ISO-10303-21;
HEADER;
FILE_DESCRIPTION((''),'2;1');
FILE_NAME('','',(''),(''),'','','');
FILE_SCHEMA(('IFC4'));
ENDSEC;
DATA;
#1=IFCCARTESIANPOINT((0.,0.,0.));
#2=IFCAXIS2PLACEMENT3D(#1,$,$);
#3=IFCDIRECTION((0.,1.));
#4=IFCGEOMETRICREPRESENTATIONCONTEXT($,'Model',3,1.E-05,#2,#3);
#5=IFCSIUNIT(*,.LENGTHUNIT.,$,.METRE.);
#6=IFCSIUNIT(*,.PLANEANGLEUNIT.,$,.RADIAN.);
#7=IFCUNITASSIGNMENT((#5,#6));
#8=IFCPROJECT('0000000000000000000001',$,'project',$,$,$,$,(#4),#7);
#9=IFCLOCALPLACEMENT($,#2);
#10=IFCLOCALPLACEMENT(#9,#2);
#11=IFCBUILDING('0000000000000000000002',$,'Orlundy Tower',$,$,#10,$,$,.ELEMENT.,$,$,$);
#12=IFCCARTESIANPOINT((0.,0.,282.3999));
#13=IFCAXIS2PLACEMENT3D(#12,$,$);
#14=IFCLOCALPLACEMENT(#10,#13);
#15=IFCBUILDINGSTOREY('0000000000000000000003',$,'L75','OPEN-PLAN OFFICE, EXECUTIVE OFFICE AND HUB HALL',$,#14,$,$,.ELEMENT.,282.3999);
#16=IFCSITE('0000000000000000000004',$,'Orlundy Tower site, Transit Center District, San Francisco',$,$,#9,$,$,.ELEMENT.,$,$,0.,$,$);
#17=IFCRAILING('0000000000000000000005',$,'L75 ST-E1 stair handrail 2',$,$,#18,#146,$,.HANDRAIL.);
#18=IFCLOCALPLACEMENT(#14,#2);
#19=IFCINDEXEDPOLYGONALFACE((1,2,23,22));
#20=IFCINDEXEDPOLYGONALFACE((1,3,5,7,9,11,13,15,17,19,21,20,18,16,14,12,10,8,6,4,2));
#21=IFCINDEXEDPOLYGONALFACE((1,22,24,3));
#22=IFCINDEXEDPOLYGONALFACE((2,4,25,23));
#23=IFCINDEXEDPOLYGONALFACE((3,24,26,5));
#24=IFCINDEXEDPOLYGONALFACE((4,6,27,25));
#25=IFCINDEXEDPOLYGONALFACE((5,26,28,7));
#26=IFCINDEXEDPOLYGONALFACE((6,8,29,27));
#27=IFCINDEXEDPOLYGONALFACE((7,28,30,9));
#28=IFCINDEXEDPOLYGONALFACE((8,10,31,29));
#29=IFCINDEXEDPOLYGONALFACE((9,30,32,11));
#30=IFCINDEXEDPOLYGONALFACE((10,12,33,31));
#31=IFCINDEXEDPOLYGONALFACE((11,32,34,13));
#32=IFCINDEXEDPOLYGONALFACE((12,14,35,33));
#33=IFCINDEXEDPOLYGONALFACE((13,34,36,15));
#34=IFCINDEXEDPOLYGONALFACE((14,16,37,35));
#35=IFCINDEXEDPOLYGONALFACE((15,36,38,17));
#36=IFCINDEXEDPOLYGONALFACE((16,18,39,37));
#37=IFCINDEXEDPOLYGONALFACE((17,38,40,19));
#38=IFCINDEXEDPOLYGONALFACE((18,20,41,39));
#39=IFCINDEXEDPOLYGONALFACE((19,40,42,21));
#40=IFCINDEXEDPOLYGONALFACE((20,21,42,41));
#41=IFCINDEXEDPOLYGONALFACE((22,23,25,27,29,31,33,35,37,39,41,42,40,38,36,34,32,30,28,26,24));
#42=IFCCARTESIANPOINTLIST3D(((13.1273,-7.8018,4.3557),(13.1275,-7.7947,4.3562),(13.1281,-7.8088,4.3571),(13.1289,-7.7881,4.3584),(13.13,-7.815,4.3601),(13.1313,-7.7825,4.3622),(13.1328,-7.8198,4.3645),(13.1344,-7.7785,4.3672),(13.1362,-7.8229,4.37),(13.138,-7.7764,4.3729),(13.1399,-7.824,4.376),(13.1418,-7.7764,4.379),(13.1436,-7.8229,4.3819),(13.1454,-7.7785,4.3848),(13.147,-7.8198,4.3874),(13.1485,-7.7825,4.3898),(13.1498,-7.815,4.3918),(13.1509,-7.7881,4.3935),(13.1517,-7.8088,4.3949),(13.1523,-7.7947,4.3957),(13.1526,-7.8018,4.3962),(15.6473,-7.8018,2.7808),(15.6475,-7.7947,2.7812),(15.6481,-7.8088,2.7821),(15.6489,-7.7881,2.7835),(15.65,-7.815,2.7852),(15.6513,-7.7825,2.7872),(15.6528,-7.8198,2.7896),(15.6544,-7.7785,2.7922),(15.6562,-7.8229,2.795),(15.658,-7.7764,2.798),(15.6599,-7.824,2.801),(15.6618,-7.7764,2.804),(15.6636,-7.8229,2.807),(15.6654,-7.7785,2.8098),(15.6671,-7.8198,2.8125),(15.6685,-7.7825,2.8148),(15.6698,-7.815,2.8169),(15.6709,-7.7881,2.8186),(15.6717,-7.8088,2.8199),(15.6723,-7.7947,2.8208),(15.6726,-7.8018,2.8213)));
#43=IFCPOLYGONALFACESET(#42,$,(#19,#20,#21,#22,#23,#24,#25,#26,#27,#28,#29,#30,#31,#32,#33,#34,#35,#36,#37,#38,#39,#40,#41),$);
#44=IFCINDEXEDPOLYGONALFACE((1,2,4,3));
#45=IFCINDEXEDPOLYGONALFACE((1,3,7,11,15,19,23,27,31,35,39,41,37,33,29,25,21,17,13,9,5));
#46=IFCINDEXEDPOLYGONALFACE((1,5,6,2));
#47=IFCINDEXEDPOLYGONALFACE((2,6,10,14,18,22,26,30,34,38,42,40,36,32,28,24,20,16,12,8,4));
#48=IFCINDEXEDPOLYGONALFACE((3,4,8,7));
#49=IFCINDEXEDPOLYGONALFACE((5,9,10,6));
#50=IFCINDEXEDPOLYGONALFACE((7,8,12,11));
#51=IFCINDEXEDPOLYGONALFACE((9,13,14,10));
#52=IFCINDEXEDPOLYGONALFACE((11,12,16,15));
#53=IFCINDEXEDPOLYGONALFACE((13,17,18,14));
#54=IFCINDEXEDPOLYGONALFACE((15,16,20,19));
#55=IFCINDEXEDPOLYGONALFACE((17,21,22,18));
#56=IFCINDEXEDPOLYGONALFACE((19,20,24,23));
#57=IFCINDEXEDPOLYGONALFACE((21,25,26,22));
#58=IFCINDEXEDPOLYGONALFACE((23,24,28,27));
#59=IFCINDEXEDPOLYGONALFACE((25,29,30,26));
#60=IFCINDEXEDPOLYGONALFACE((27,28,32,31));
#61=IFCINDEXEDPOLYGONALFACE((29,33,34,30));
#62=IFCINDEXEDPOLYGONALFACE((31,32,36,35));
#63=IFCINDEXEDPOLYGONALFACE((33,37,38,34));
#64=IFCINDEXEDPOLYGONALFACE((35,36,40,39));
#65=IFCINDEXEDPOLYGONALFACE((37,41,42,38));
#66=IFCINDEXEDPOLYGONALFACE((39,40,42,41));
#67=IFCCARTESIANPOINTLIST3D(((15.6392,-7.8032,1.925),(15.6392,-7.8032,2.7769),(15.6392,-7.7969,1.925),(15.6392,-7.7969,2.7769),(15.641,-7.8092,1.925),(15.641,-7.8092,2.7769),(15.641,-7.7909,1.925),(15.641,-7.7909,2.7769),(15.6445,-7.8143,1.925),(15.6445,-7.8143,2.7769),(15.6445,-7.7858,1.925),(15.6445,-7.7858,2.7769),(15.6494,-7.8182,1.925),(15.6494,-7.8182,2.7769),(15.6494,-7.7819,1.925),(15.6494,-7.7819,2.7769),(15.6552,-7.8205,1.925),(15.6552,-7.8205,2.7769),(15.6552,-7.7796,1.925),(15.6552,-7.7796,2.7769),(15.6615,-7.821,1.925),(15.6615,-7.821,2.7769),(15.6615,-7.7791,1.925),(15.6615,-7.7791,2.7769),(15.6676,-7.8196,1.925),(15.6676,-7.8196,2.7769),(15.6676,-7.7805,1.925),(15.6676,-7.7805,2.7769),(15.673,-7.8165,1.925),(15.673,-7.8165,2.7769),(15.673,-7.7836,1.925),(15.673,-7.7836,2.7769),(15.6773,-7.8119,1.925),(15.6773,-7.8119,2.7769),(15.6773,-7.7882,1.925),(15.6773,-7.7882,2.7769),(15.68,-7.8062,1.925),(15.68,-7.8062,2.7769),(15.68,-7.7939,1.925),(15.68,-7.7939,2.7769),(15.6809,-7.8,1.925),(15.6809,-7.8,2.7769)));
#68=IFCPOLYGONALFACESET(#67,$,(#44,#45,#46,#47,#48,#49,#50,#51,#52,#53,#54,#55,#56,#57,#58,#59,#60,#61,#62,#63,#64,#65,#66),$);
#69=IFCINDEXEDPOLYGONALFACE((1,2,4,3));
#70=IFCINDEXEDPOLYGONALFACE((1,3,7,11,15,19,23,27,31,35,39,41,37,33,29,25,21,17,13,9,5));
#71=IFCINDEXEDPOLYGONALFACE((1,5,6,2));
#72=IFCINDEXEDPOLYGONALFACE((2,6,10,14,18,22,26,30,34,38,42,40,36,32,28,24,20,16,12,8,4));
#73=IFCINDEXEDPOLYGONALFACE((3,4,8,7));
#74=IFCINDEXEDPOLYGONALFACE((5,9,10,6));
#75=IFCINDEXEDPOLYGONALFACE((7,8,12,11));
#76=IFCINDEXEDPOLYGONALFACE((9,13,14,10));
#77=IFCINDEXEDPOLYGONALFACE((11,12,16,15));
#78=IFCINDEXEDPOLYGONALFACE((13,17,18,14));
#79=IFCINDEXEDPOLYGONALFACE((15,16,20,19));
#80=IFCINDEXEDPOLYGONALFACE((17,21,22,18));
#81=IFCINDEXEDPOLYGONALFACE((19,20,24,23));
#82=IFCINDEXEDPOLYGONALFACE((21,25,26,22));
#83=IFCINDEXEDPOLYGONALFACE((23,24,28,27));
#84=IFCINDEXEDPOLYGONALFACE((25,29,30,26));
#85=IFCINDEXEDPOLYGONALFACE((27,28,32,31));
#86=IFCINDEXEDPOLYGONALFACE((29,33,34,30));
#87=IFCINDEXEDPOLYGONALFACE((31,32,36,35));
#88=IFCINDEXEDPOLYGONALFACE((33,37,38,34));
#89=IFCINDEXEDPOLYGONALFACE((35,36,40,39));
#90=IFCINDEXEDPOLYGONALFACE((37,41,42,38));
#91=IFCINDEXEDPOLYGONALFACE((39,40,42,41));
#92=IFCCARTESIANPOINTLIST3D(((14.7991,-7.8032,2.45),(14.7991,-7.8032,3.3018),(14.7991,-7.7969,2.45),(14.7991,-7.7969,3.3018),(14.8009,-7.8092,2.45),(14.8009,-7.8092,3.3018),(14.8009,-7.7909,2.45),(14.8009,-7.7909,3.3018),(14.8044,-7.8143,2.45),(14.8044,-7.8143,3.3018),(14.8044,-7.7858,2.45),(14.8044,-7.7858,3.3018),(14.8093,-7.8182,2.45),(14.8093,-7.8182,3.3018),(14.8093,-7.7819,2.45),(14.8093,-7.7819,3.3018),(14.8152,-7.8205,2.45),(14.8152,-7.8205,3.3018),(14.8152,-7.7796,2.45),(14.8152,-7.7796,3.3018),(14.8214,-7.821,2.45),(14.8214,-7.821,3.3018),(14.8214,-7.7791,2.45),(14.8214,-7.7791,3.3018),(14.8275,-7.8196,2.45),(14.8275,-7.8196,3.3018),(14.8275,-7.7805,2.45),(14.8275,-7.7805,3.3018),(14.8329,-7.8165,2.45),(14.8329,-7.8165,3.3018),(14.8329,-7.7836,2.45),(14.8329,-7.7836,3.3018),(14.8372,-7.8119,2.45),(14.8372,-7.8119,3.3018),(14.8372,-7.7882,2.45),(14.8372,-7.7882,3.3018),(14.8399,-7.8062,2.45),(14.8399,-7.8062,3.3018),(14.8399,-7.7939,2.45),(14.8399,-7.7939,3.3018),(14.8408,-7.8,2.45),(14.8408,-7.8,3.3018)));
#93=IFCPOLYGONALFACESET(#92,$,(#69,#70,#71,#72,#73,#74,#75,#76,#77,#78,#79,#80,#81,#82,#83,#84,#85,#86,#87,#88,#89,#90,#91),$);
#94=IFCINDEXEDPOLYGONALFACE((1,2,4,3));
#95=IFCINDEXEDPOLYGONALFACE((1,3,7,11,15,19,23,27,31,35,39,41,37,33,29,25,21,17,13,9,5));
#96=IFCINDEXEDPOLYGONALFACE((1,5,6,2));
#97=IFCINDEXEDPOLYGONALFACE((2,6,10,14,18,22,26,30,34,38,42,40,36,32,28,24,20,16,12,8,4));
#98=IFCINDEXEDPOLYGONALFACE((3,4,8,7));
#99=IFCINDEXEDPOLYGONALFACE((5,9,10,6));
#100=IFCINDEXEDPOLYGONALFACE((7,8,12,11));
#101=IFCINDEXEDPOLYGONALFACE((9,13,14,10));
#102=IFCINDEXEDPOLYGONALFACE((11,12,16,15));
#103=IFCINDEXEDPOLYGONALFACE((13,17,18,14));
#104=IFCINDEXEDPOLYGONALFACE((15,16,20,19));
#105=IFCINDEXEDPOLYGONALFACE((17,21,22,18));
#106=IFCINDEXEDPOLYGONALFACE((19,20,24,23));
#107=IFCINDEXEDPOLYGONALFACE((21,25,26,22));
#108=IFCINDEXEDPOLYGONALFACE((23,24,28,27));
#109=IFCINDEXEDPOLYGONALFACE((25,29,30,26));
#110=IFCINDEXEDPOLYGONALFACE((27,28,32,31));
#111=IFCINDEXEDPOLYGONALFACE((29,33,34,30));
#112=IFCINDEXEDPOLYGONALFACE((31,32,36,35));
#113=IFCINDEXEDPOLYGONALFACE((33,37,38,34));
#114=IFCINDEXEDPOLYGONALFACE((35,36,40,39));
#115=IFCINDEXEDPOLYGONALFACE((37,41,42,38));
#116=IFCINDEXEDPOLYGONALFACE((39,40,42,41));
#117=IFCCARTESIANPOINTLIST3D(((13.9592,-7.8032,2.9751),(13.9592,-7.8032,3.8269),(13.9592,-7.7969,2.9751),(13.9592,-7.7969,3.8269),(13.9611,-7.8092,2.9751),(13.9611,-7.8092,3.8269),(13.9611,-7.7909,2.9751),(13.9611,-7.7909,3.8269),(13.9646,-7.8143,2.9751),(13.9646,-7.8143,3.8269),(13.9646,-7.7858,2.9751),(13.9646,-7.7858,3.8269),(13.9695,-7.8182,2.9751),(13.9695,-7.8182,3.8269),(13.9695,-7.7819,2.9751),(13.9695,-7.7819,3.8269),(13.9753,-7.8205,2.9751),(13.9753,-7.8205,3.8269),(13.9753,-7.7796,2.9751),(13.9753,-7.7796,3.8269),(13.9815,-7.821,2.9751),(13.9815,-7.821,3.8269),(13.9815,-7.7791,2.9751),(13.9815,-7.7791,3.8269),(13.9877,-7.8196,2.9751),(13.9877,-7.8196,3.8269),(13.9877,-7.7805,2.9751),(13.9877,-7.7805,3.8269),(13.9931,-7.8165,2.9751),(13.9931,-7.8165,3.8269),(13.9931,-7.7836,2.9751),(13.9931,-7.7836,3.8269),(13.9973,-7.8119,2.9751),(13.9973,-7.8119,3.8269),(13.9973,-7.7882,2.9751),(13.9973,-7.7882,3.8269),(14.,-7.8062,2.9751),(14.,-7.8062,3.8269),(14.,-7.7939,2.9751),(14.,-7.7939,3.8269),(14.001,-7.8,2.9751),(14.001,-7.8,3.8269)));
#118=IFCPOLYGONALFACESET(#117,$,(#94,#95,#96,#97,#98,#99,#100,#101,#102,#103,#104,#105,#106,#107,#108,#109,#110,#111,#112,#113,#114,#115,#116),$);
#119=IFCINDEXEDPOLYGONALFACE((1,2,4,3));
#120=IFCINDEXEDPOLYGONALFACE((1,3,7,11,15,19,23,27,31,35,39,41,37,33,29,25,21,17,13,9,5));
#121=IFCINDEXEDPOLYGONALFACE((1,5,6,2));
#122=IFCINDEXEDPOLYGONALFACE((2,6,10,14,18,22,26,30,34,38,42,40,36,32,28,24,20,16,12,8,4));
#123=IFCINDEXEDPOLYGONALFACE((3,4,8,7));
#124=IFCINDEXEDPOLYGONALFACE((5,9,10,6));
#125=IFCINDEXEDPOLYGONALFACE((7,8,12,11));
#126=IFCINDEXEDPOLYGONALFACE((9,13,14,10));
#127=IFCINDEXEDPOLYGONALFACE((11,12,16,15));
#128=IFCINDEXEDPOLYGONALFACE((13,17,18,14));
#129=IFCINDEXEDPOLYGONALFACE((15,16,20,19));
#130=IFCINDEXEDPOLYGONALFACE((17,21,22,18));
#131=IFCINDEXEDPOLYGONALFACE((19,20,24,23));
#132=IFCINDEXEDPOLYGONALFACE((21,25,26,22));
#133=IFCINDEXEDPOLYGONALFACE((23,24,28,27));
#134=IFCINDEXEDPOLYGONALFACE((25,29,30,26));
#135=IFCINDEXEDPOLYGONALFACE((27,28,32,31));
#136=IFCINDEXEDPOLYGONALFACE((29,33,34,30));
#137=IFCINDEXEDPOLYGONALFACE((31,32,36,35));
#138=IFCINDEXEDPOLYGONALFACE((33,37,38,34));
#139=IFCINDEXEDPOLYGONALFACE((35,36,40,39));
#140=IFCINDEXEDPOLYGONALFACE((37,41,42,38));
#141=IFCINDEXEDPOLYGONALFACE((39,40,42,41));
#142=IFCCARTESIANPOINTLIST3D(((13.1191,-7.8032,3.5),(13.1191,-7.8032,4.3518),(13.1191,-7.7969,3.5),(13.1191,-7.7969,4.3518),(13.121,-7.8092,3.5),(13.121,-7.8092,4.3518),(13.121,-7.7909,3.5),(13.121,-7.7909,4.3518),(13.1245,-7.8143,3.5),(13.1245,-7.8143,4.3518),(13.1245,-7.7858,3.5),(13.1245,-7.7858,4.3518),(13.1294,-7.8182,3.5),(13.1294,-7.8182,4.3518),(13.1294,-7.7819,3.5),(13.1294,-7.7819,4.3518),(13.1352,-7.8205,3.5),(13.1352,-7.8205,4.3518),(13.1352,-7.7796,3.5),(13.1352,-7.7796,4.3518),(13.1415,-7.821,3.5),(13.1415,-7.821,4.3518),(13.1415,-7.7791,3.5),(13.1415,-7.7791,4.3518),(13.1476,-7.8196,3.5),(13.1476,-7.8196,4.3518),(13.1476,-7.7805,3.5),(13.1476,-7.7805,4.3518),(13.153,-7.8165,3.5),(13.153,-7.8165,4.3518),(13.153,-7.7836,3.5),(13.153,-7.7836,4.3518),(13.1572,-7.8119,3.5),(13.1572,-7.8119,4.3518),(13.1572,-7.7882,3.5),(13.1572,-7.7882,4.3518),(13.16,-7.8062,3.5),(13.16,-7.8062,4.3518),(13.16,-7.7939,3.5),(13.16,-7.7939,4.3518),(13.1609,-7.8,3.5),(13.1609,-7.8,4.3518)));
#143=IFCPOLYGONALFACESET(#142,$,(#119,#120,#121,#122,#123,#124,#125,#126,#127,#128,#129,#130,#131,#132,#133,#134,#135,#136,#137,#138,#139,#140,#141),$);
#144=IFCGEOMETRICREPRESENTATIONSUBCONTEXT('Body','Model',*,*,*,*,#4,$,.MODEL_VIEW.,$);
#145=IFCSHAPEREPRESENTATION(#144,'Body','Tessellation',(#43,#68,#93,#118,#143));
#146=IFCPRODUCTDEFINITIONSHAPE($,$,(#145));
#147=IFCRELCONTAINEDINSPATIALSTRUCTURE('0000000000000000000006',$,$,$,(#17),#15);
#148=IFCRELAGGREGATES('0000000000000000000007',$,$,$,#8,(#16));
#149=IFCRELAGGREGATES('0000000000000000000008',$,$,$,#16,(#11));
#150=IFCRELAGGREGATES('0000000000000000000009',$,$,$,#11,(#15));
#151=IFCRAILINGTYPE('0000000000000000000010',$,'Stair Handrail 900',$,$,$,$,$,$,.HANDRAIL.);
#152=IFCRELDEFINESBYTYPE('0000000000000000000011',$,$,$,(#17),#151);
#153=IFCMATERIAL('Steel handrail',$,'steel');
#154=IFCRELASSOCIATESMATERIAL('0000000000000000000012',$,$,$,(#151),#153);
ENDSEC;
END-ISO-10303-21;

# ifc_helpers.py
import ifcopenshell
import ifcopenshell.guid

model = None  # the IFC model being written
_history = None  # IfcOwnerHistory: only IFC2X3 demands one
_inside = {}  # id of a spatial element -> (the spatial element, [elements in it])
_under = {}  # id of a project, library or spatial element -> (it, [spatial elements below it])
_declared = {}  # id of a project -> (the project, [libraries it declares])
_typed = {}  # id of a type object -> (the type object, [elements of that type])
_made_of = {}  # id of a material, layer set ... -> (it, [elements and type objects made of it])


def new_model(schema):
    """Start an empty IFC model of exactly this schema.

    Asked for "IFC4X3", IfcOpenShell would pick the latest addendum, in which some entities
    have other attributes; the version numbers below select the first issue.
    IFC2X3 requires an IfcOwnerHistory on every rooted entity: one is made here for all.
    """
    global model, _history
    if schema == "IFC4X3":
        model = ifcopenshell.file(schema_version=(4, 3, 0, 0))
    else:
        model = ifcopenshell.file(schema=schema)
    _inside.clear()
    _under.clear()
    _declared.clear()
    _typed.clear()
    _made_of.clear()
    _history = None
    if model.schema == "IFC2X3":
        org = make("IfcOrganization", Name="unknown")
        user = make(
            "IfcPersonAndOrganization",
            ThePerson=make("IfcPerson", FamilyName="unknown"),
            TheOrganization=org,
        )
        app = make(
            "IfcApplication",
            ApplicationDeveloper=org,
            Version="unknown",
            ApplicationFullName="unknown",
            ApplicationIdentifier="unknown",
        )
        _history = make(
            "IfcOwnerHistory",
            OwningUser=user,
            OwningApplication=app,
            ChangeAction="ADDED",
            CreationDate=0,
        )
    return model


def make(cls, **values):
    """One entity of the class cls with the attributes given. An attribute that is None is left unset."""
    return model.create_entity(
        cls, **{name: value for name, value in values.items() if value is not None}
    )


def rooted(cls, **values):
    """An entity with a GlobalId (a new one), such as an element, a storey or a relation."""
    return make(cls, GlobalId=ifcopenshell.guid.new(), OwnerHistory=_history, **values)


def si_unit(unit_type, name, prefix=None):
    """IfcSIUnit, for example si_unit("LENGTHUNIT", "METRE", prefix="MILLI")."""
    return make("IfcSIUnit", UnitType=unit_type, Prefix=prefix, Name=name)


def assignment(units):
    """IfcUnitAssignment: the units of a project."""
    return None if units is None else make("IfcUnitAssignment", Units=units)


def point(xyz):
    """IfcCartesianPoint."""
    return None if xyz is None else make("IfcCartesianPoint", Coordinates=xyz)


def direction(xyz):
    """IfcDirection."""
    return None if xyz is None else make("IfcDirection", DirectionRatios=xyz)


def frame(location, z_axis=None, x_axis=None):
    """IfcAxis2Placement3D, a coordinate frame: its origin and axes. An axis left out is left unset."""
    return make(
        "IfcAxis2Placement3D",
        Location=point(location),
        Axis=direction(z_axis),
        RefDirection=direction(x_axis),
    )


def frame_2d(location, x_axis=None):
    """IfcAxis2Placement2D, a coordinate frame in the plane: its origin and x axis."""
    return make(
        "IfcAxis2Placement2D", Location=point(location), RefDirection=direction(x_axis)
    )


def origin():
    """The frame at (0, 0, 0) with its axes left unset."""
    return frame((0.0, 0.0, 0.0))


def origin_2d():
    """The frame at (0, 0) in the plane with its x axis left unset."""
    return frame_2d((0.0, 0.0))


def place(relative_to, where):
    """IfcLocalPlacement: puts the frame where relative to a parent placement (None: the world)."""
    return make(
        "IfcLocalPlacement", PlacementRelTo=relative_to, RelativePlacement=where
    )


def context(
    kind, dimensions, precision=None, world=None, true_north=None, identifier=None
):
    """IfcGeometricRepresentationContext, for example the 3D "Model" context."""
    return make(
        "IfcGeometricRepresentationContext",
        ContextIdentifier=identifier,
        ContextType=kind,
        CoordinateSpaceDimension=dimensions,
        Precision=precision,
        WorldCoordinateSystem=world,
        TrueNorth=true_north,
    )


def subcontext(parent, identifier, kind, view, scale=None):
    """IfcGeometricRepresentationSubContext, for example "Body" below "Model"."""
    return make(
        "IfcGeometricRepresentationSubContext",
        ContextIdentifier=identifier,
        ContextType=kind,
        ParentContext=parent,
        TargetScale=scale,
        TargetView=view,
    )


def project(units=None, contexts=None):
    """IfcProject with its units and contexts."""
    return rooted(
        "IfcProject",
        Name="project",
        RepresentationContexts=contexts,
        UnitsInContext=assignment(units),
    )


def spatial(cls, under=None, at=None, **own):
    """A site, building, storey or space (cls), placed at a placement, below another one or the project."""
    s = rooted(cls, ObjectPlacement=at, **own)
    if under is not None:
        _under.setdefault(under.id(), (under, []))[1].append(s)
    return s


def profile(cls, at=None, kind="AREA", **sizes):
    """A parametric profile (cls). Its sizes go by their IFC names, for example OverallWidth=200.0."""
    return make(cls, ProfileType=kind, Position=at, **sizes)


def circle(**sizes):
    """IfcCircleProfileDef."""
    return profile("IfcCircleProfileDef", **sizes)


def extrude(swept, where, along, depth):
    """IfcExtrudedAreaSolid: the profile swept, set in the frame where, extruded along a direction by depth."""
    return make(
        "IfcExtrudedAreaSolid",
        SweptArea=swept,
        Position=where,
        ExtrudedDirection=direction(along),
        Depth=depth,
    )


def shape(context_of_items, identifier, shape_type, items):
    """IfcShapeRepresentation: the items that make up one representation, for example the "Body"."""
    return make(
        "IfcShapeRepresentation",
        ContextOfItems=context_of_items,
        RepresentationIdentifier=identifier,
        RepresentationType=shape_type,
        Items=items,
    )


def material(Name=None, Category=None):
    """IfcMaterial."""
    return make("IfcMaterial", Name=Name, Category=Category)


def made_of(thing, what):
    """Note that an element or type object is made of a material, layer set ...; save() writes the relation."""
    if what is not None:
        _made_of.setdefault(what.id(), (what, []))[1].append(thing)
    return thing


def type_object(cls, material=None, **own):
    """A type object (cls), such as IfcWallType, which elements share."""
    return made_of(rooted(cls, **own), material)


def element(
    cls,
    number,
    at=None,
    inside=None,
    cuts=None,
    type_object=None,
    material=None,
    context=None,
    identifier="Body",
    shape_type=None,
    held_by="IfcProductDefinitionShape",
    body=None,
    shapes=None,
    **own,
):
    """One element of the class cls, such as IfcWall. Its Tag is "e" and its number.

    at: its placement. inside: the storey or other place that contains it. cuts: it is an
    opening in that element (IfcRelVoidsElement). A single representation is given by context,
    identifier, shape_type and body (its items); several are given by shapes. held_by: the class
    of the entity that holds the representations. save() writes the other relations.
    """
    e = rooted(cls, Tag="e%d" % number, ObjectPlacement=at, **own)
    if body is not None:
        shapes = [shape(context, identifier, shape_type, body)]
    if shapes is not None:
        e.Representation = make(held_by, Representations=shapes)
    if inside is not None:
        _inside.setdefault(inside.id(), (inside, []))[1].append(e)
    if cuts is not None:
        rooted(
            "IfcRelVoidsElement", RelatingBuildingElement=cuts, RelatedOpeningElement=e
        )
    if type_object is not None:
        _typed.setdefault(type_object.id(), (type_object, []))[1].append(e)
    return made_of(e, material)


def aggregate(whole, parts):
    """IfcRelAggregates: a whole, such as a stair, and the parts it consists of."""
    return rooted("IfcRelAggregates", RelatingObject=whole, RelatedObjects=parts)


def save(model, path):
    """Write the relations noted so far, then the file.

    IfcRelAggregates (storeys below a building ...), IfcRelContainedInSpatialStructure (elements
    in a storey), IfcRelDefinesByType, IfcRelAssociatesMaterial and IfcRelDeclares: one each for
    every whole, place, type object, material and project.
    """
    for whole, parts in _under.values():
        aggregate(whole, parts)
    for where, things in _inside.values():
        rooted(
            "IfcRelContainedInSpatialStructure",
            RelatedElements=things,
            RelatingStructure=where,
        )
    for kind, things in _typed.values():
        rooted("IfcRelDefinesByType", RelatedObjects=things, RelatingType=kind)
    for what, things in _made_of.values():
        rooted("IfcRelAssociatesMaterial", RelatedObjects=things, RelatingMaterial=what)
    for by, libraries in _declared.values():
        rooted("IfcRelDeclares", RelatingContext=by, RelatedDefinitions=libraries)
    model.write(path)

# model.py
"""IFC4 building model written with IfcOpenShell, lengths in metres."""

from ifc_helpers import new_model, si_unit, direction, frame, origin, origin_2d, place, context, subcontext, project, spatial, circle, extrude, material, type_object, element, save


model = new_model("IFC4")

# Units and contexts
model_context = context("Model", 3, precision=1e-05, world=origin(), true_north=direction((0.0, 1.0)))
body_context = subcontext(model_context, "Body", "Model", "MODEL_VIEW")
ifc_project = project(units=[si_unit("LENGTHUNIT", "METRE"), si_unit("PLANEANGLEUNIT", "RADIAN")], contexts=[model_context])

# Site, building, storey
site_placement = place(None, origin())
site = spatial("IfcSite", under=ifc_project, at=site_placement, Name="Orlundy Tower site, Transit Center District, San Francisco", CompositionType="ELEMENT", RefElevation=0.0)
building_placement = place(site_placement, origin())
building = spatial("IfcBuilding", under=site, at=building_placement, Name="Orlundy Tower", CompositionType="ELEMENT")
storey_placement = place(building_placement, frame((0.0, 0.0, 282.3999)))
storey = spatial("IfcBuildingStorey", under=building, at=storey_placement, Name="L75", Description="OPEN-PLAN OFFICE, EXECUTIVE OFFICE AND HUB HALL", CompositionType="ELEMENT", Elevation=282.3999)

# Railing
ifc_material_1 = material(Name="Steel handrail", Category="steel")
railing_type_1 = type_object("IfcRailingType", Name="Stair Handrail 900", PredefinedType="HANDRAIL", material=ifc_material_1)
railing_1_placement = place(storey_placement, frame((15.6599, -7.8, 1.925)))
element("IfcRailing", 1, at=railing_1_placement, inside=storey, type_object=railing_type_1, Name="L75 ST-E1 stair handrail 2", PredefinedType="HANDRAIL", context=body_context, shape_type="SweptSolid", body=[
    extrude(circle(Radius=0.0239, at=origin_2d()), frame((0.0, 0.0, 0.876), z_axis=(-0.848008, 0.0, 0.529984), x_axis=(0.0, -1.0, 0.0)), (0.0, 0.0, 1.0), 2.9717),
    extrude(circle(Radius=0.021, at=origin_2d()), origin(), (0.0, 0.0, 1.0), 0.8518),
    extrude(circle(Radius=0.021, at=origin_2d()), frame((-0.8401, 0.0, 0.5249)), (0.0, 0.0, 1.0), 0.8518),
    extrude(circle(Radius=0.021, at=origin_2d()), frame((-1.6799, 0.0, 1.05)), (0.0, 0.0, 1.0), 0.8518),
    extrude(circle(Radius=0.021, at=origin_2d()), frame((-2.52, 0.0, 1.575)), (0.0, 0.0, 1.0), 0.8518),
])

save(model, "model.ifc")
